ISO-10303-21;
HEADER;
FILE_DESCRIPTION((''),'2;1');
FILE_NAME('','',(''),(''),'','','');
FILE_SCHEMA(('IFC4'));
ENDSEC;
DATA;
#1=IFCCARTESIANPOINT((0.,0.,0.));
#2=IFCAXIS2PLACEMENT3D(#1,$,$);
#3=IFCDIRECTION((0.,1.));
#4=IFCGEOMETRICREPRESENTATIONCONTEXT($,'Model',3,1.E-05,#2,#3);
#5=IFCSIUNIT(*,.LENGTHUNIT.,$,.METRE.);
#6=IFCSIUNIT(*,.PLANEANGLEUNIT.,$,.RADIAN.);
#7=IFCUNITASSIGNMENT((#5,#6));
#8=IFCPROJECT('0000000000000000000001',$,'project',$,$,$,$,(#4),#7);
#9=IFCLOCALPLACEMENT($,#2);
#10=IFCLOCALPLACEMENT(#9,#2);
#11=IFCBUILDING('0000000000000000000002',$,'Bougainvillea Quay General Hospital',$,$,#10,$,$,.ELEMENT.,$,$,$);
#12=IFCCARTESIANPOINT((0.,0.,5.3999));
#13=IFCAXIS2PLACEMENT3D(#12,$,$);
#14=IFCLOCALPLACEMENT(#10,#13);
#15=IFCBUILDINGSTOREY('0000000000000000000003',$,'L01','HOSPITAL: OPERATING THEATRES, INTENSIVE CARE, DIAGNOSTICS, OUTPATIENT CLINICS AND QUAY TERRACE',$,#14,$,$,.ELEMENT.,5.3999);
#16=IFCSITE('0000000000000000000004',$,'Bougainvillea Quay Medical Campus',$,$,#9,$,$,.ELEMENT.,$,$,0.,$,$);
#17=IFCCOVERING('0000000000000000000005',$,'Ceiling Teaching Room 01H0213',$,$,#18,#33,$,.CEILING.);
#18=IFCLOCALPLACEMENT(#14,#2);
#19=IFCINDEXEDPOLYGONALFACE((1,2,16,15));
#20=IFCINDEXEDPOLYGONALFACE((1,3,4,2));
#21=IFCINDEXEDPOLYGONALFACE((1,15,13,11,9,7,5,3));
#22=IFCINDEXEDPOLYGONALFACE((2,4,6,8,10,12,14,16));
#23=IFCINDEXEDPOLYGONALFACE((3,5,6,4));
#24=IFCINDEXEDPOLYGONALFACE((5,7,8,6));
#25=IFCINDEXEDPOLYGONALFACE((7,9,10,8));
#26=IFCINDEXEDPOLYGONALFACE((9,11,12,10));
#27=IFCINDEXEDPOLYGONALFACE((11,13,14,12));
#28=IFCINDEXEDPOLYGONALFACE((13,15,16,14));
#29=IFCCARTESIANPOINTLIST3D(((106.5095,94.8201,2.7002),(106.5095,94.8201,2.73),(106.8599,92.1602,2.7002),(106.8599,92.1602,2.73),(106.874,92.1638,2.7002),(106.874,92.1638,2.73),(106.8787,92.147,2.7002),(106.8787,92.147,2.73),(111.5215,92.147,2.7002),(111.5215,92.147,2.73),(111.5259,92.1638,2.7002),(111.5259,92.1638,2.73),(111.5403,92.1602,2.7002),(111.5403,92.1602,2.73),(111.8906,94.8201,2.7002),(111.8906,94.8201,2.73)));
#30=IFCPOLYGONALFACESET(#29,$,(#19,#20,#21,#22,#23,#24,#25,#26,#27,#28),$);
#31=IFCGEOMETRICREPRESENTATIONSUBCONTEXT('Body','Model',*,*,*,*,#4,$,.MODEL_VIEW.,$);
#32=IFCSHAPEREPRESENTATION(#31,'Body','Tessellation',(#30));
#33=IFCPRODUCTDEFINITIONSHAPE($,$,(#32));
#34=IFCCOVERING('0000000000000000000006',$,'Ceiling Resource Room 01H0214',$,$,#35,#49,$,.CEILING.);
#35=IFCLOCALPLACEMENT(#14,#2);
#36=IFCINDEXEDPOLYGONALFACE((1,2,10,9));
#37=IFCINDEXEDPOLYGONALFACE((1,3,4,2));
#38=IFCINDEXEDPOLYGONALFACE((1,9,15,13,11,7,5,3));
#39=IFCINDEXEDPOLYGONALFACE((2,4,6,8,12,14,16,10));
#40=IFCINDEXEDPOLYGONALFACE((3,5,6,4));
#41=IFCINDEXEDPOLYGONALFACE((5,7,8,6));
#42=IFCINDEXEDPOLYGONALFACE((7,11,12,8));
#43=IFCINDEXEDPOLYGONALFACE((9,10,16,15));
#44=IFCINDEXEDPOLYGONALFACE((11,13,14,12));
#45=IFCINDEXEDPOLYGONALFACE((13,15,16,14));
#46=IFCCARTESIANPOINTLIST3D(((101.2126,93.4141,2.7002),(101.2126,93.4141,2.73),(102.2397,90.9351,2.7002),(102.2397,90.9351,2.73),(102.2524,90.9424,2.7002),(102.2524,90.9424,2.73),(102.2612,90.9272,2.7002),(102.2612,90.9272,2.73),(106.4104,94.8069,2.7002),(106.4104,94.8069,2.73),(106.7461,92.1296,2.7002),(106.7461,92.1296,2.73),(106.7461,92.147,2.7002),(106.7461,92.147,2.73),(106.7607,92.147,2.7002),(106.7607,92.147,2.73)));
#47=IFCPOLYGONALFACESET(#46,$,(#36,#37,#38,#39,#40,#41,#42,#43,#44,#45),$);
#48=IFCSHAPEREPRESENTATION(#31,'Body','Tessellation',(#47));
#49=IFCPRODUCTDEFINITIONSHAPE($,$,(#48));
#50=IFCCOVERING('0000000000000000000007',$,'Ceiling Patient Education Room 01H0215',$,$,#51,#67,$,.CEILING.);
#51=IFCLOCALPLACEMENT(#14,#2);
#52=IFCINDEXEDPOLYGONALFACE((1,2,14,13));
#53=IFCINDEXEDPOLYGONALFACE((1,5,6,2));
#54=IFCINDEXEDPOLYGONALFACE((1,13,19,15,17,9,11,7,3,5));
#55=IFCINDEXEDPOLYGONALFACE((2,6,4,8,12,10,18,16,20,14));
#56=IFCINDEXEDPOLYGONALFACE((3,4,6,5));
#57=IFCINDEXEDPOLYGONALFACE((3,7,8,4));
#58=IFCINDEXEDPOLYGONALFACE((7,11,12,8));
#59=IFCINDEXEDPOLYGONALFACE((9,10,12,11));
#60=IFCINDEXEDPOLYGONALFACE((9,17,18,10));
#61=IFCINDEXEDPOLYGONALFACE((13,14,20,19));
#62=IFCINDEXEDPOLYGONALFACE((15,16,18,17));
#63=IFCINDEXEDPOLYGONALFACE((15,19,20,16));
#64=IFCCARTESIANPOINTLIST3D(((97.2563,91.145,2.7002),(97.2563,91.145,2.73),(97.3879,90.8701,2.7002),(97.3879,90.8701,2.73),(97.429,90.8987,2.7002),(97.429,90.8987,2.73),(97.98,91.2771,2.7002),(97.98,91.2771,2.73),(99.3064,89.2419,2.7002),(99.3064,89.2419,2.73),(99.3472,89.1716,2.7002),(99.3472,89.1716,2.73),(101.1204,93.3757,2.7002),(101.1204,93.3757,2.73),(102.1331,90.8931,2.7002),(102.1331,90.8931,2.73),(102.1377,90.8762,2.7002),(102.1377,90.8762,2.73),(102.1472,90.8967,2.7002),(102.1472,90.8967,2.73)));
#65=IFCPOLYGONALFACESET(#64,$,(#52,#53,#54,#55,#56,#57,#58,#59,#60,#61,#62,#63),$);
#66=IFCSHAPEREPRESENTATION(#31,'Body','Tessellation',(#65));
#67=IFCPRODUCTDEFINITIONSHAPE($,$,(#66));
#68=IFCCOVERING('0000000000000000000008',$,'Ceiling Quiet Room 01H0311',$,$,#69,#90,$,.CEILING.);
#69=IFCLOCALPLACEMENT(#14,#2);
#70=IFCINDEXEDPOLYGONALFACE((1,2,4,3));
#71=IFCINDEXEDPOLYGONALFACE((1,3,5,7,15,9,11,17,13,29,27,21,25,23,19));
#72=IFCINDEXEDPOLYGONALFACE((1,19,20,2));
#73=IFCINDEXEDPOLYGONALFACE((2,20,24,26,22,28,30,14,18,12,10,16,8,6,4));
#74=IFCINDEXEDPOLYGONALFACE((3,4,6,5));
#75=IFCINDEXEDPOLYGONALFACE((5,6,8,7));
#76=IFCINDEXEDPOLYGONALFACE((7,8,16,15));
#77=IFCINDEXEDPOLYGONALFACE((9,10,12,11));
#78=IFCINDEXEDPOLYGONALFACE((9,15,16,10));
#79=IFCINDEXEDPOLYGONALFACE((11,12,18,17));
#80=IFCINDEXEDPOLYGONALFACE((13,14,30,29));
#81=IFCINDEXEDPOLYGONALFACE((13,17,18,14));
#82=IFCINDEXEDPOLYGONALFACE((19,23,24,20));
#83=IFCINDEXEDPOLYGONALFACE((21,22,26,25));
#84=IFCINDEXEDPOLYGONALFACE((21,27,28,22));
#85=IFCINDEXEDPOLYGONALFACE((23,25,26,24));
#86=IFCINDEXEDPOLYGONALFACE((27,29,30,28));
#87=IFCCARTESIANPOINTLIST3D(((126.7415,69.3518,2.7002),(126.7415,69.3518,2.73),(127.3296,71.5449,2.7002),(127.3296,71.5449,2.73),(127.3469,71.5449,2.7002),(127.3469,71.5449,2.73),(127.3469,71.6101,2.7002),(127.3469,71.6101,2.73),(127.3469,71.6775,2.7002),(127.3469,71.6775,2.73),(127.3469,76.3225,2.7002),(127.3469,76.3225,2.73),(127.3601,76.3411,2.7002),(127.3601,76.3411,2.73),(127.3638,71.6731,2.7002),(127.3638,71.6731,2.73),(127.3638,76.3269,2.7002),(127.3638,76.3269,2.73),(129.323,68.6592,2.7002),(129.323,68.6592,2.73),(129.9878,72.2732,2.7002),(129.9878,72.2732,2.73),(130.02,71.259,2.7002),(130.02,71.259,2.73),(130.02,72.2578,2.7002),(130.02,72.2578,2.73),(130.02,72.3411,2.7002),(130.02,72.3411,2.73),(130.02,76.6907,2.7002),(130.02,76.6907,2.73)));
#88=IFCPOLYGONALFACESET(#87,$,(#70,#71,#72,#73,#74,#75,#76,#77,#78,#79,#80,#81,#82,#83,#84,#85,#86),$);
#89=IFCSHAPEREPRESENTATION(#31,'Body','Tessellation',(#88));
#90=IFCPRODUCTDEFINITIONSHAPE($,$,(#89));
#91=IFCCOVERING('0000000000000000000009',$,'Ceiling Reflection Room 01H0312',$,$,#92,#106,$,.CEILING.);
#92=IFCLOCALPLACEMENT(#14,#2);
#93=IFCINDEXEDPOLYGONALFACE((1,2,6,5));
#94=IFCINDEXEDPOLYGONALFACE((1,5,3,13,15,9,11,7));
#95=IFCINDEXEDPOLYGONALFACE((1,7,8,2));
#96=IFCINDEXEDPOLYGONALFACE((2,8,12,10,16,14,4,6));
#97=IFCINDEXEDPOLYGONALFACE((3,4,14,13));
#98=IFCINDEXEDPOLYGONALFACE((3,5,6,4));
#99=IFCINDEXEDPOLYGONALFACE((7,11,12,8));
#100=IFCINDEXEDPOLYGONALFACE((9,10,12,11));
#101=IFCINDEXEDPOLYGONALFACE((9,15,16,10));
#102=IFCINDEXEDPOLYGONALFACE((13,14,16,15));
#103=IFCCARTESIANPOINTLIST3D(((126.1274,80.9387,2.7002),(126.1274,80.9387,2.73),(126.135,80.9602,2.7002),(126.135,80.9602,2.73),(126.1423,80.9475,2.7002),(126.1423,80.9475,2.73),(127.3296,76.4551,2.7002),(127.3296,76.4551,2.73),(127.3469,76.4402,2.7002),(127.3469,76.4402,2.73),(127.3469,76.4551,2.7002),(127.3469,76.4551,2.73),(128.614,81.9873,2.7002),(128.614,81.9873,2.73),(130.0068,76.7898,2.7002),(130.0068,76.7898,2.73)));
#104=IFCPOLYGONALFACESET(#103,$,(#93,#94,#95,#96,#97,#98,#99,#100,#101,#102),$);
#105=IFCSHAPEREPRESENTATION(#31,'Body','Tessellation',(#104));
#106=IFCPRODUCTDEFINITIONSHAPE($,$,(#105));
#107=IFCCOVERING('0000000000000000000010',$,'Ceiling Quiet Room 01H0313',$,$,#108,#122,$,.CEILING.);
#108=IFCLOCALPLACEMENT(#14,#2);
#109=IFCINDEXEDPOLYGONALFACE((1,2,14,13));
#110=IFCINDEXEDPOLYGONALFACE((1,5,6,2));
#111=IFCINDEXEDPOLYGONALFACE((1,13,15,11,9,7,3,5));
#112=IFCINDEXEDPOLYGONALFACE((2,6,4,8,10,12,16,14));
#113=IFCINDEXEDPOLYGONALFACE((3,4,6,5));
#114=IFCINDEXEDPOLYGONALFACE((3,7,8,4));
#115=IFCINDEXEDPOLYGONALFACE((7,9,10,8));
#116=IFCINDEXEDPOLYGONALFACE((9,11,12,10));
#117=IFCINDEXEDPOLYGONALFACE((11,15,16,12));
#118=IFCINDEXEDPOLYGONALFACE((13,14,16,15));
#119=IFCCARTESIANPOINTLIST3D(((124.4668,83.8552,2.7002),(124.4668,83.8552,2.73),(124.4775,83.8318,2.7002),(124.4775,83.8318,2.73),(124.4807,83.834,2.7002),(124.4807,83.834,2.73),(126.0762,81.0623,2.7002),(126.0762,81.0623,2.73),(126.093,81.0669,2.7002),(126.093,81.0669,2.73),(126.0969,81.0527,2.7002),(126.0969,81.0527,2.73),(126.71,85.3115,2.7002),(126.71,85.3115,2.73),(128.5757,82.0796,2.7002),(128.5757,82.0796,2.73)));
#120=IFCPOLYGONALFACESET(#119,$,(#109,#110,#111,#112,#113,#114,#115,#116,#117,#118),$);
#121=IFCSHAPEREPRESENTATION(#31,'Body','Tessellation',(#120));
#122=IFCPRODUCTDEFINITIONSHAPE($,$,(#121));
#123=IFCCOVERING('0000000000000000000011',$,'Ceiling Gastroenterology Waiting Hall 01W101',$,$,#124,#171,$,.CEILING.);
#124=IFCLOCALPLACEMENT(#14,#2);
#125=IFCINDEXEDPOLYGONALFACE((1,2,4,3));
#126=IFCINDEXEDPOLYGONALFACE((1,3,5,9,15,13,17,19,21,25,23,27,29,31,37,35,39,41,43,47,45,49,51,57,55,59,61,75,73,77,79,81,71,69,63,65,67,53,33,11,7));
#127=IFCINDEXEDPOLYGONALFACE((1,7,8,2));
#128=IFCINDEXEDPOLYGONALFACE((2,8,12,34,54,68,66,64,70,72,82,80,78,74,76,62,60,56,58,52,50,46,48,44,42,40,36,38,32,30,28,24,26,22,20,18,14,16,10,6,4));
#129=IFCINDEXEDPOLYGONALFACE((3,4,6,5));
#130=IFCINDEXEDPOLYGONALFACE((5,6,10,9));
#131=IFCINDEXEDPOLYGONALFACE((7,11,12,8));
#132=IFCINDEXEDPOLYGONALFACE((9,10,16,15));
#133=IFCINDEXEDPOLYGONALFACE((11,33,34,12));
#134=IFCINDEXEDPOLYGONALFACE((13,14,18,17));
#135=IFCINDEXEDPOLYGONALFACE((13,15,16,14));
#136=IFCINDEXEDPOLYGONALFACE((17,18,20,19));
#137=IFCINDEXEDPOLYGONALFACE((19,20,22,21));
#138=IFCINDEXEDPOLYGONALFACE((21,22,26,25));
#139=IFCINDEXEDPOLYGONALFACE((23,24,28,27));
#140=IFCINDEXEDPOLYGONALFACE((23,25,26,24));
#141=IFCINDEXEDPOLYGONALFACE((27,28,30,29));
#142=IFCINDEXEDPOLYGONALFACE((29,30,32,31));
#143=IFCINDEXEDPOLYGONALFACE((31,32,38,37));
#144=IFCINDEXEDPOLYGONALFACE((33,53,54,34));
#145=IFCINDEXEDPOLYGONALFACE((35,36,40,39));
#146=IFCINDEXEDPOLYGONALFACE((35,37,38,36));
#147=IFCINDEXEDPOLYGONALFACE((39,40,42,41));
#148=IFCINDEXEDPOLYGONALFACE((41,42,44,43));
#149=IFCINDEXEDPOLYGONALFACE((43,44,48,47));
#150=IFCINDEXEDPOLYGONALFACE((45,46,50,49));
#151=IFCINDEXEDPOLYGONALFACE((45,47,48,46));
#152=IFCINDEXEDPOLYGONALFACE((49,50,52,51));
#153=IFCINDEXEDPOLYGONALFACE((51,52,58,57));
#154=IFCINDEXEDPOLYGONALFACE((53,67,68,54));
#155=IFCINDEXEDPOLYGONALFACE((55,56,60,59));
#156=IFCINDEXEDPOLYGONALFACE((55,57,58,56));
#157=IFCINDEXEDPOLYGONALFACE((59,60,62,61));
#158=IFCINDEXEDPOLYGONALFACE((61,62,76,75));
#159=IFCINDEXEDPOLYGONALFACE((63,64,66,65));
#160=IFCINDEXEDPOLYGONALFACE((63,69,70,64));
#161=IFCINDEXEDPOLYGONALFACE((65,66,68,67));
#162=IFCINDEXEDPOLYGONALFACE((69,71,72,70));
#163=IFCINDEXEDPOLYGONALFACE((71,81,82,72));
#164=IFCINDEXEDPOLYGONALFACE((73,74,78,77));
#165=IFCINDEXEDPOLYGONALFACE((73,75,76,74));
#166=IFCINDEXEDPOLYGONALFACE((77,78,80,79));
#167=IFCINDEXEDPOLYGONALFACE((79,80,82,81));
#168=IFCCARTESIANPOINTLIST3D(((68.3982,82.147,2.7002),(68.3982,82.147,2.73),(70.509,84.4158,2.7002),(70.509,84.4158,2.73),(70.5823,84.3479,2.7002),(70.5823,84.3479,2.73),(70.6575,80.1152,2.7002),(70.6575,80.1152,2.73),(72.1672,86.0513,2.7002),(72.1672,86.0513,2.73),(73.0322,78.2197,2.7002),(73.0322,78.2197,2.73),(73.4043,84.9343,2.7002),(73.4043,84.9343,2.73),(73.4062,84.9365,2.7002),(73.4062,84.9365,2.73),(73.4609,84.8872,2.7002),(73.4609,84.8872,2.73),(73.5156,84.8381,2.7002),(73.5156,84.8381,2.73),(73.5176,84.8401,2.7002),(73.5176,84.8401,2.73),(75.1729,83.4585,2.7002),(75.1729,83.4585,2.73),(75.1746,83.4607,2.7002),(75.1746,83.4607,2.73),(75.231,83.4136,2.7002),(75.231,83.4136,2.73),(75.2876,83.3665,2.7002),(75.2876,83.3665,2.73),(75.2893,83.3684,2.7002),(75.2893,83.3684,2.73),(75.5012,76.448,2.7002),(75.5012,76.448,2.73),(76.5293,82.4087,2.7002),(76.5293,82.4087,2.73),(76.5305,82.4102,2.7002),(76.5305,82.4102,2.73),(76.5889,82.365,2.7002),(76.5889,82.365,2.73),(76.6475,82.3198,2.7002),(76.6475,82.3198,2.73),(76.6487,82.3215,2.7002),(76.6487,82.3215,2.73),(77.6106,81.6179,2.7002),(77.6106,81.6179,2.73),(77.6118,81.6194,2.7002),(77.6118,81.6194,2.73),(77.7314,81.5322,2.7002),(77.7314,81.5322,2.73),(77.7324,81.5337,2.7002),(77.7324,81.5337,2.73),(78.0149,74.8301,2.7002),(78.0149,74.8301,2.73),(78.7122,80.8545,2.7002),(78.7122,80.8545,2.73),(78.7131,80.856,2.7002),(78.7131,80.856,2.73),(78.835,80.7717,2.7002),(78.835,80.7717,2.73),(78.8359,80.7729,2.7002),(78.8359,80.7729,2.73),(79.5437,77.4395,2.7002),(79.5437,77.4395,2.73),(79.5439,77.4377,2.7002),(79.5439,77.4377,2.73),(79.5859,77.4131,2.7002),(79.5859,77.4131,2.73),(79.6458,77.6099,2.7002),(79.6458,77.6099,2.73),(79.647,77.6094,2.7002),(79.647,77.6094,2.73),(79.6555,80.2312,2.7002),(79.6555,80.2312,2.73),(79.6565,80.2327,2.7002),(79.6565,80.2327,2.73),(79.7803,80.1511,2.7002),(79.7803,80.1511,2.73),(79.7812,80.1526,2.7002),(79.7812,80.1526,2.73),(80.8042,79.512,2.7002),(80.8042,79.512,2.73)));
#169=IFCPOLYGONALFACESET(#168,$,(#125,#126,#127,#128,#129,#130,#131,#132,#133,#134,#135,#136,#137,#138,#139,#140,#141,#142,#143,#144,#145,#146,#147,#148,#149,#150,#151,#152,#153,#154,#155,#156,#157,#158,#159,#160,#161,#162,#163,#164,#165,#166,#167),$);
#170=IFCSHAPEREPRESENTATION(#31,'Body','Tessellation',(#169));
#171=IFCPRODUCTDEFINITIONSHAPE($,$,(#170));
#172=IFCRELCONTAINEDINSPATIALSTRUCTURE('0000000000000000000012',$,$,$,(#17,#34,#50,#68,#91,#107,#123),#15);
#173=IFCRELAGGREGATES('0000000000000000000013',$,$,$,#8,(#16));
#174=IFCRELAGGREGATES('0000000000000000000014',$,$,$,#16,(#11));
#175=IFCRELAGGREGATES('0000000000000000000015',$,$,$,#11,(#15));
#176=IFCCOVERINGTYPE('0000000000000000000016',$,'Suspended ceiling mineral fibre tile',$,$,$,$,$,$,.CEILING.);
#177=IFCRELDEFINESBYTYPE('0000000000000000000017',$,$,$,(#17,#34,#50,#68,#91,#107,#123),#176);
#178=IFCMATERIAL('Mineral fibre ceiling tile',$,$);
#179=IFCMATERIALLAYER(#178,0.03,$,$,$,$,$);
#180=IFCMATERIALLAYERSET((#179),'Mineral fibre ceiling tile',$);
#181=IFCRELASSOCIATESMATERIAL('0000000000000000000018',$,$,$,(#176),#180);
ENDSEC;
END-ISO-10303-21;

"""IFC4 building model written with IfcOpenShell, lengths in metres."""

from ifc_helpers import new_model, si_unit, direction, frame, origin, place, context, subcontext, project, spatial, polyline, outline, extrude, material, layer, layer_set, type_object, element, save


model = new_model("IFC4")

# Units and contexts
model_context = context("Model", 3, precision=1e-05, world=origin(), true_north=direction((0.0, 1.0)))
body_context = subcontext(model_context, "Body", "Model", "MODEL_VIEW")
ifc_project = project(units=[si_unit("LENGTHUNIT", "METRE"), si_unit("PLANEANGLEUNIT", "RADIAN")], contexts=[model_context])

# Site, building, storey
site_placement = place(None, origin())
site = spatial("IfcSite", under=ifc_project, at=site_placement, Name="Bougainvillea Quay Medical Campus", CompositionType="ELEMENT", RefElevation=0.0)
building_placement = place(site_placement, origin())
building = spatial("IfcBuilding", under=site, at=building_placement, Name="Bougainvillea Quay General Hospital", CompositionType="ELEMENT")
storey_placement = place(building_placement, frame((0.0, 0.0, 5.3999)))
storey = spatial("IfcBuildingStorey", under=building, at=storey_placement, Name="L01", Description="HOSPITAL: OPERATING THEATRES, INTENSIVE CARE, DIAGNOSTICS, OUTPATIENT CLINICS AND QUAY TERRACE", CompositionType="ELEMENT", Elevation=5.3999)

# Coverings
ifc_material = material(Name="Mineral fibre ceiling tile")
ifc_layer = layer(ifc_material, 0.03)
ifc_layer_set = layer_set([ifc_layer], Name="Mineral fibre ceiling tile")
covering_type = type_object("IfcCoveringType", Name="Suspended ceiling mineral fibre tile", PredefinedType="CEILING", material=ifc_layer_set)
covering_1_placement = place(storey_placement, frame((0.0, 0.0, 2.7002)))
element("IfcCovering", 1, at=covering_1_placement, inside=storey, type_object=covering_type, Name="Ceiling Teaching Room 01H0213", PredefinedType="CEILING", context=body_context, shape_type="SweptSolid", body=[
    extrude(outline(polyline([(106.5095, 94.8201), (106.8599, 92.1602), (106.874, 92.1638), (106.8787, 92.147), (111.5215, 92.147), (111.5259, 92.1638), (111.5403, 92.1602), (111.8906, 94.8201), (106.5095, 94.8201)])), origin(), (0.0, 0.0, 1.0), 0.0298),
])
covering_2_placement = place(storey_placement, frame((0.0, 0.0, 2.7002)))
element("IfcCovering", 2, at=covering_2_placement, inside=storey, type_object=covering_type, Name="Ceiling Resource Room 01H0214", PredefinedType="CEILING", context=body_context, shape_type="SweptSolid", body=[
    extrude(outline(polyline([(101.2126, 93.4141), (102.2397, 90.9351), (102.2524, 90.9424), (102.2612, 90.9272), (106.7461, 92.1296), (106.7461, 92.147), (106.7607, 92.147), (106.4104, 94.8069), (101.2126, 93.4141)])), origin(), (0.0, 0.0, 1.0), 0.0298),
])
covering_3_placement = place(storey_placement, frame((0.0, 0.0, 2.7002)))
element("IfcCovering", 3, at=covering_3_placement, inside=storey, type_object=covering_type, Name="Ceiling Patient Education Room 01H0215", PredefinedType="CEILING", context=body_context, shape_type="SweptSolid", body=[
    extrude(outline(polyline([(99.3472, 89.1716), (99.3064, 89.2419), (102.1377, 90.8762), (102.1331, 90.8931), (102.1472, 90.8967), (101.1204, 93.3757), (97.2563, 91.145), (97.429, 90.8987), (97.3879, 90.8701), (97.98, 91.2771), (99.3472, 89.1716)])), origin(), (0.0, 0.0, 1.0), 0.0298),
])
covering_4_placement = place(storey_placement, frame((0.0, 0.0, 2.7002)))
element("IfcCovering", 4, at=covering_4_placement, inside=storey, type_object=covering_type, Name="Ceiling Quiet Room 01H0311", PredefinedType="CEILING", context=body_context, shape_type="SweptSolid", body=[
    extrude(outline(polyline([(130.02, 76.6907), (127.3601, 76.3411), (127.3638, 76.3269), (127.3469, 76.3225), (127.3469, 71.6775), (127.3638, 71.6731), (127.3469, 71.6101), (127.3469, 71.5449), (127.3296, 71.5449), (126.7415, 69.3518), (129.323, 68.6592), (130.02, 71.259), (130.02, 72.2578), (129.9878, 72.2732), (130.02, 72.3411), (130.02, 76.6907)])), origin(), (0.0, 0.0, 1.0), 0.0298),
])
covering_5_placement = place(storey_placement, frame((0.0, 0.0, 2.7002)))
element("IfcCovering", 5, at=covering_5_placement, inside=storey, type_object=covering_type, Name="Ceiling Reflection Room 01H0312", PredefinedType="CEILING", context=body_context, shape_type="SweptSolid", body=[
    extrude(outline(polyline([(128.614, 81.9873), (126.135, 80.9602), (126.1423, 80.9475), (126.1274, 80.9387), (127.3296, 76.4551), (127.3469, 76.4551), (127.3469, 76.4402), (130.0068, 76.7898), (128.614, 81.9873)])), origin(), (0.0, 0.0, 1.0), 0.0298),
])
covering_6_placement = place(storey_placement, frame((0.0, 0.0, 2.7002)))
element("IfcCovering", 6, at=covering_6_placement, inside=storey, type_object=covering_type, Name="Ceiling Quiet Room 01H0313", PredefinedType="CEILING", context=body_context, shape_type="SweptSolid", body=[
    extrude(outline(polyline([(126.71, 85.3115), (124.4668, 83.8552), (124.4807, 83.834), (124.4775, 83.8318), (126.0762, 81.0623), (126.093, 81.0669), (126.0969, 81.0527), (128.5757, 82.0796), (126.71, 85.3115)])), origin(), (0.0, 0.0, 1.0), 0.0298),
])
covering_7_placement = place(storey_placement, frame((0.0, 0.0, 2.7002)))
element("IfcCovering", 7, at=covering_7_placement, inside=storey, type_object=covering_type, Name="Ceiling Gastroenterology Waiting Hall 01W101", PredefinedType="CEILING", context=body_context, shape_type="SweptSolid", body=[
    extrude(outline(polyline([(68.3982, 82.147), (70.6575, 80.1152), (73.0322, 78.2197), (75.5012, 76.448), (78.0149, 74.8301), (79.5859, 77.4131), (79.5439, 77.4377), (79.5437, 77.4395), (79.6458, 77.6099), (79.647, 77.6094), (80.8042, 79.512), (79.7812, 80.1526), (79.7803, 80.1511), (79.6555, 80.2312), (79.6565, 80.2327), (78.8359, 80.7729), (78.835, 80.7717), (78.7122, 80.8545), (78.7131, 80.856), (77.7324, 81.5337), (77.7314, 81.5322), (77.6106, 81.6179), (77.6118, 81.6194), (76.6487, 82.3215), (76.6475, 82.3198), (76.5889, 82.365), (76.5293, 82.4087), (76.5305, 82.4102), (75.2893, 83.3684), (75.2876, 83.3665), (75.231, 83.4136), (75.1729, 83.4585), (75.1746, 83.4607), (73.5176, 84.8401), (73.5156, 84.8381), (73.4609, 84.8872), (73.4043, 84.9343), (73.4062, 84.9365), (72.1672, 86.0513), (70.5823, 84.3479), (70.509, 84.4158), (68.3982, 82.147)])), origin(), (0.0, 0.0, 1.0), 0.0298),
])

save(model, "model.ifc")
